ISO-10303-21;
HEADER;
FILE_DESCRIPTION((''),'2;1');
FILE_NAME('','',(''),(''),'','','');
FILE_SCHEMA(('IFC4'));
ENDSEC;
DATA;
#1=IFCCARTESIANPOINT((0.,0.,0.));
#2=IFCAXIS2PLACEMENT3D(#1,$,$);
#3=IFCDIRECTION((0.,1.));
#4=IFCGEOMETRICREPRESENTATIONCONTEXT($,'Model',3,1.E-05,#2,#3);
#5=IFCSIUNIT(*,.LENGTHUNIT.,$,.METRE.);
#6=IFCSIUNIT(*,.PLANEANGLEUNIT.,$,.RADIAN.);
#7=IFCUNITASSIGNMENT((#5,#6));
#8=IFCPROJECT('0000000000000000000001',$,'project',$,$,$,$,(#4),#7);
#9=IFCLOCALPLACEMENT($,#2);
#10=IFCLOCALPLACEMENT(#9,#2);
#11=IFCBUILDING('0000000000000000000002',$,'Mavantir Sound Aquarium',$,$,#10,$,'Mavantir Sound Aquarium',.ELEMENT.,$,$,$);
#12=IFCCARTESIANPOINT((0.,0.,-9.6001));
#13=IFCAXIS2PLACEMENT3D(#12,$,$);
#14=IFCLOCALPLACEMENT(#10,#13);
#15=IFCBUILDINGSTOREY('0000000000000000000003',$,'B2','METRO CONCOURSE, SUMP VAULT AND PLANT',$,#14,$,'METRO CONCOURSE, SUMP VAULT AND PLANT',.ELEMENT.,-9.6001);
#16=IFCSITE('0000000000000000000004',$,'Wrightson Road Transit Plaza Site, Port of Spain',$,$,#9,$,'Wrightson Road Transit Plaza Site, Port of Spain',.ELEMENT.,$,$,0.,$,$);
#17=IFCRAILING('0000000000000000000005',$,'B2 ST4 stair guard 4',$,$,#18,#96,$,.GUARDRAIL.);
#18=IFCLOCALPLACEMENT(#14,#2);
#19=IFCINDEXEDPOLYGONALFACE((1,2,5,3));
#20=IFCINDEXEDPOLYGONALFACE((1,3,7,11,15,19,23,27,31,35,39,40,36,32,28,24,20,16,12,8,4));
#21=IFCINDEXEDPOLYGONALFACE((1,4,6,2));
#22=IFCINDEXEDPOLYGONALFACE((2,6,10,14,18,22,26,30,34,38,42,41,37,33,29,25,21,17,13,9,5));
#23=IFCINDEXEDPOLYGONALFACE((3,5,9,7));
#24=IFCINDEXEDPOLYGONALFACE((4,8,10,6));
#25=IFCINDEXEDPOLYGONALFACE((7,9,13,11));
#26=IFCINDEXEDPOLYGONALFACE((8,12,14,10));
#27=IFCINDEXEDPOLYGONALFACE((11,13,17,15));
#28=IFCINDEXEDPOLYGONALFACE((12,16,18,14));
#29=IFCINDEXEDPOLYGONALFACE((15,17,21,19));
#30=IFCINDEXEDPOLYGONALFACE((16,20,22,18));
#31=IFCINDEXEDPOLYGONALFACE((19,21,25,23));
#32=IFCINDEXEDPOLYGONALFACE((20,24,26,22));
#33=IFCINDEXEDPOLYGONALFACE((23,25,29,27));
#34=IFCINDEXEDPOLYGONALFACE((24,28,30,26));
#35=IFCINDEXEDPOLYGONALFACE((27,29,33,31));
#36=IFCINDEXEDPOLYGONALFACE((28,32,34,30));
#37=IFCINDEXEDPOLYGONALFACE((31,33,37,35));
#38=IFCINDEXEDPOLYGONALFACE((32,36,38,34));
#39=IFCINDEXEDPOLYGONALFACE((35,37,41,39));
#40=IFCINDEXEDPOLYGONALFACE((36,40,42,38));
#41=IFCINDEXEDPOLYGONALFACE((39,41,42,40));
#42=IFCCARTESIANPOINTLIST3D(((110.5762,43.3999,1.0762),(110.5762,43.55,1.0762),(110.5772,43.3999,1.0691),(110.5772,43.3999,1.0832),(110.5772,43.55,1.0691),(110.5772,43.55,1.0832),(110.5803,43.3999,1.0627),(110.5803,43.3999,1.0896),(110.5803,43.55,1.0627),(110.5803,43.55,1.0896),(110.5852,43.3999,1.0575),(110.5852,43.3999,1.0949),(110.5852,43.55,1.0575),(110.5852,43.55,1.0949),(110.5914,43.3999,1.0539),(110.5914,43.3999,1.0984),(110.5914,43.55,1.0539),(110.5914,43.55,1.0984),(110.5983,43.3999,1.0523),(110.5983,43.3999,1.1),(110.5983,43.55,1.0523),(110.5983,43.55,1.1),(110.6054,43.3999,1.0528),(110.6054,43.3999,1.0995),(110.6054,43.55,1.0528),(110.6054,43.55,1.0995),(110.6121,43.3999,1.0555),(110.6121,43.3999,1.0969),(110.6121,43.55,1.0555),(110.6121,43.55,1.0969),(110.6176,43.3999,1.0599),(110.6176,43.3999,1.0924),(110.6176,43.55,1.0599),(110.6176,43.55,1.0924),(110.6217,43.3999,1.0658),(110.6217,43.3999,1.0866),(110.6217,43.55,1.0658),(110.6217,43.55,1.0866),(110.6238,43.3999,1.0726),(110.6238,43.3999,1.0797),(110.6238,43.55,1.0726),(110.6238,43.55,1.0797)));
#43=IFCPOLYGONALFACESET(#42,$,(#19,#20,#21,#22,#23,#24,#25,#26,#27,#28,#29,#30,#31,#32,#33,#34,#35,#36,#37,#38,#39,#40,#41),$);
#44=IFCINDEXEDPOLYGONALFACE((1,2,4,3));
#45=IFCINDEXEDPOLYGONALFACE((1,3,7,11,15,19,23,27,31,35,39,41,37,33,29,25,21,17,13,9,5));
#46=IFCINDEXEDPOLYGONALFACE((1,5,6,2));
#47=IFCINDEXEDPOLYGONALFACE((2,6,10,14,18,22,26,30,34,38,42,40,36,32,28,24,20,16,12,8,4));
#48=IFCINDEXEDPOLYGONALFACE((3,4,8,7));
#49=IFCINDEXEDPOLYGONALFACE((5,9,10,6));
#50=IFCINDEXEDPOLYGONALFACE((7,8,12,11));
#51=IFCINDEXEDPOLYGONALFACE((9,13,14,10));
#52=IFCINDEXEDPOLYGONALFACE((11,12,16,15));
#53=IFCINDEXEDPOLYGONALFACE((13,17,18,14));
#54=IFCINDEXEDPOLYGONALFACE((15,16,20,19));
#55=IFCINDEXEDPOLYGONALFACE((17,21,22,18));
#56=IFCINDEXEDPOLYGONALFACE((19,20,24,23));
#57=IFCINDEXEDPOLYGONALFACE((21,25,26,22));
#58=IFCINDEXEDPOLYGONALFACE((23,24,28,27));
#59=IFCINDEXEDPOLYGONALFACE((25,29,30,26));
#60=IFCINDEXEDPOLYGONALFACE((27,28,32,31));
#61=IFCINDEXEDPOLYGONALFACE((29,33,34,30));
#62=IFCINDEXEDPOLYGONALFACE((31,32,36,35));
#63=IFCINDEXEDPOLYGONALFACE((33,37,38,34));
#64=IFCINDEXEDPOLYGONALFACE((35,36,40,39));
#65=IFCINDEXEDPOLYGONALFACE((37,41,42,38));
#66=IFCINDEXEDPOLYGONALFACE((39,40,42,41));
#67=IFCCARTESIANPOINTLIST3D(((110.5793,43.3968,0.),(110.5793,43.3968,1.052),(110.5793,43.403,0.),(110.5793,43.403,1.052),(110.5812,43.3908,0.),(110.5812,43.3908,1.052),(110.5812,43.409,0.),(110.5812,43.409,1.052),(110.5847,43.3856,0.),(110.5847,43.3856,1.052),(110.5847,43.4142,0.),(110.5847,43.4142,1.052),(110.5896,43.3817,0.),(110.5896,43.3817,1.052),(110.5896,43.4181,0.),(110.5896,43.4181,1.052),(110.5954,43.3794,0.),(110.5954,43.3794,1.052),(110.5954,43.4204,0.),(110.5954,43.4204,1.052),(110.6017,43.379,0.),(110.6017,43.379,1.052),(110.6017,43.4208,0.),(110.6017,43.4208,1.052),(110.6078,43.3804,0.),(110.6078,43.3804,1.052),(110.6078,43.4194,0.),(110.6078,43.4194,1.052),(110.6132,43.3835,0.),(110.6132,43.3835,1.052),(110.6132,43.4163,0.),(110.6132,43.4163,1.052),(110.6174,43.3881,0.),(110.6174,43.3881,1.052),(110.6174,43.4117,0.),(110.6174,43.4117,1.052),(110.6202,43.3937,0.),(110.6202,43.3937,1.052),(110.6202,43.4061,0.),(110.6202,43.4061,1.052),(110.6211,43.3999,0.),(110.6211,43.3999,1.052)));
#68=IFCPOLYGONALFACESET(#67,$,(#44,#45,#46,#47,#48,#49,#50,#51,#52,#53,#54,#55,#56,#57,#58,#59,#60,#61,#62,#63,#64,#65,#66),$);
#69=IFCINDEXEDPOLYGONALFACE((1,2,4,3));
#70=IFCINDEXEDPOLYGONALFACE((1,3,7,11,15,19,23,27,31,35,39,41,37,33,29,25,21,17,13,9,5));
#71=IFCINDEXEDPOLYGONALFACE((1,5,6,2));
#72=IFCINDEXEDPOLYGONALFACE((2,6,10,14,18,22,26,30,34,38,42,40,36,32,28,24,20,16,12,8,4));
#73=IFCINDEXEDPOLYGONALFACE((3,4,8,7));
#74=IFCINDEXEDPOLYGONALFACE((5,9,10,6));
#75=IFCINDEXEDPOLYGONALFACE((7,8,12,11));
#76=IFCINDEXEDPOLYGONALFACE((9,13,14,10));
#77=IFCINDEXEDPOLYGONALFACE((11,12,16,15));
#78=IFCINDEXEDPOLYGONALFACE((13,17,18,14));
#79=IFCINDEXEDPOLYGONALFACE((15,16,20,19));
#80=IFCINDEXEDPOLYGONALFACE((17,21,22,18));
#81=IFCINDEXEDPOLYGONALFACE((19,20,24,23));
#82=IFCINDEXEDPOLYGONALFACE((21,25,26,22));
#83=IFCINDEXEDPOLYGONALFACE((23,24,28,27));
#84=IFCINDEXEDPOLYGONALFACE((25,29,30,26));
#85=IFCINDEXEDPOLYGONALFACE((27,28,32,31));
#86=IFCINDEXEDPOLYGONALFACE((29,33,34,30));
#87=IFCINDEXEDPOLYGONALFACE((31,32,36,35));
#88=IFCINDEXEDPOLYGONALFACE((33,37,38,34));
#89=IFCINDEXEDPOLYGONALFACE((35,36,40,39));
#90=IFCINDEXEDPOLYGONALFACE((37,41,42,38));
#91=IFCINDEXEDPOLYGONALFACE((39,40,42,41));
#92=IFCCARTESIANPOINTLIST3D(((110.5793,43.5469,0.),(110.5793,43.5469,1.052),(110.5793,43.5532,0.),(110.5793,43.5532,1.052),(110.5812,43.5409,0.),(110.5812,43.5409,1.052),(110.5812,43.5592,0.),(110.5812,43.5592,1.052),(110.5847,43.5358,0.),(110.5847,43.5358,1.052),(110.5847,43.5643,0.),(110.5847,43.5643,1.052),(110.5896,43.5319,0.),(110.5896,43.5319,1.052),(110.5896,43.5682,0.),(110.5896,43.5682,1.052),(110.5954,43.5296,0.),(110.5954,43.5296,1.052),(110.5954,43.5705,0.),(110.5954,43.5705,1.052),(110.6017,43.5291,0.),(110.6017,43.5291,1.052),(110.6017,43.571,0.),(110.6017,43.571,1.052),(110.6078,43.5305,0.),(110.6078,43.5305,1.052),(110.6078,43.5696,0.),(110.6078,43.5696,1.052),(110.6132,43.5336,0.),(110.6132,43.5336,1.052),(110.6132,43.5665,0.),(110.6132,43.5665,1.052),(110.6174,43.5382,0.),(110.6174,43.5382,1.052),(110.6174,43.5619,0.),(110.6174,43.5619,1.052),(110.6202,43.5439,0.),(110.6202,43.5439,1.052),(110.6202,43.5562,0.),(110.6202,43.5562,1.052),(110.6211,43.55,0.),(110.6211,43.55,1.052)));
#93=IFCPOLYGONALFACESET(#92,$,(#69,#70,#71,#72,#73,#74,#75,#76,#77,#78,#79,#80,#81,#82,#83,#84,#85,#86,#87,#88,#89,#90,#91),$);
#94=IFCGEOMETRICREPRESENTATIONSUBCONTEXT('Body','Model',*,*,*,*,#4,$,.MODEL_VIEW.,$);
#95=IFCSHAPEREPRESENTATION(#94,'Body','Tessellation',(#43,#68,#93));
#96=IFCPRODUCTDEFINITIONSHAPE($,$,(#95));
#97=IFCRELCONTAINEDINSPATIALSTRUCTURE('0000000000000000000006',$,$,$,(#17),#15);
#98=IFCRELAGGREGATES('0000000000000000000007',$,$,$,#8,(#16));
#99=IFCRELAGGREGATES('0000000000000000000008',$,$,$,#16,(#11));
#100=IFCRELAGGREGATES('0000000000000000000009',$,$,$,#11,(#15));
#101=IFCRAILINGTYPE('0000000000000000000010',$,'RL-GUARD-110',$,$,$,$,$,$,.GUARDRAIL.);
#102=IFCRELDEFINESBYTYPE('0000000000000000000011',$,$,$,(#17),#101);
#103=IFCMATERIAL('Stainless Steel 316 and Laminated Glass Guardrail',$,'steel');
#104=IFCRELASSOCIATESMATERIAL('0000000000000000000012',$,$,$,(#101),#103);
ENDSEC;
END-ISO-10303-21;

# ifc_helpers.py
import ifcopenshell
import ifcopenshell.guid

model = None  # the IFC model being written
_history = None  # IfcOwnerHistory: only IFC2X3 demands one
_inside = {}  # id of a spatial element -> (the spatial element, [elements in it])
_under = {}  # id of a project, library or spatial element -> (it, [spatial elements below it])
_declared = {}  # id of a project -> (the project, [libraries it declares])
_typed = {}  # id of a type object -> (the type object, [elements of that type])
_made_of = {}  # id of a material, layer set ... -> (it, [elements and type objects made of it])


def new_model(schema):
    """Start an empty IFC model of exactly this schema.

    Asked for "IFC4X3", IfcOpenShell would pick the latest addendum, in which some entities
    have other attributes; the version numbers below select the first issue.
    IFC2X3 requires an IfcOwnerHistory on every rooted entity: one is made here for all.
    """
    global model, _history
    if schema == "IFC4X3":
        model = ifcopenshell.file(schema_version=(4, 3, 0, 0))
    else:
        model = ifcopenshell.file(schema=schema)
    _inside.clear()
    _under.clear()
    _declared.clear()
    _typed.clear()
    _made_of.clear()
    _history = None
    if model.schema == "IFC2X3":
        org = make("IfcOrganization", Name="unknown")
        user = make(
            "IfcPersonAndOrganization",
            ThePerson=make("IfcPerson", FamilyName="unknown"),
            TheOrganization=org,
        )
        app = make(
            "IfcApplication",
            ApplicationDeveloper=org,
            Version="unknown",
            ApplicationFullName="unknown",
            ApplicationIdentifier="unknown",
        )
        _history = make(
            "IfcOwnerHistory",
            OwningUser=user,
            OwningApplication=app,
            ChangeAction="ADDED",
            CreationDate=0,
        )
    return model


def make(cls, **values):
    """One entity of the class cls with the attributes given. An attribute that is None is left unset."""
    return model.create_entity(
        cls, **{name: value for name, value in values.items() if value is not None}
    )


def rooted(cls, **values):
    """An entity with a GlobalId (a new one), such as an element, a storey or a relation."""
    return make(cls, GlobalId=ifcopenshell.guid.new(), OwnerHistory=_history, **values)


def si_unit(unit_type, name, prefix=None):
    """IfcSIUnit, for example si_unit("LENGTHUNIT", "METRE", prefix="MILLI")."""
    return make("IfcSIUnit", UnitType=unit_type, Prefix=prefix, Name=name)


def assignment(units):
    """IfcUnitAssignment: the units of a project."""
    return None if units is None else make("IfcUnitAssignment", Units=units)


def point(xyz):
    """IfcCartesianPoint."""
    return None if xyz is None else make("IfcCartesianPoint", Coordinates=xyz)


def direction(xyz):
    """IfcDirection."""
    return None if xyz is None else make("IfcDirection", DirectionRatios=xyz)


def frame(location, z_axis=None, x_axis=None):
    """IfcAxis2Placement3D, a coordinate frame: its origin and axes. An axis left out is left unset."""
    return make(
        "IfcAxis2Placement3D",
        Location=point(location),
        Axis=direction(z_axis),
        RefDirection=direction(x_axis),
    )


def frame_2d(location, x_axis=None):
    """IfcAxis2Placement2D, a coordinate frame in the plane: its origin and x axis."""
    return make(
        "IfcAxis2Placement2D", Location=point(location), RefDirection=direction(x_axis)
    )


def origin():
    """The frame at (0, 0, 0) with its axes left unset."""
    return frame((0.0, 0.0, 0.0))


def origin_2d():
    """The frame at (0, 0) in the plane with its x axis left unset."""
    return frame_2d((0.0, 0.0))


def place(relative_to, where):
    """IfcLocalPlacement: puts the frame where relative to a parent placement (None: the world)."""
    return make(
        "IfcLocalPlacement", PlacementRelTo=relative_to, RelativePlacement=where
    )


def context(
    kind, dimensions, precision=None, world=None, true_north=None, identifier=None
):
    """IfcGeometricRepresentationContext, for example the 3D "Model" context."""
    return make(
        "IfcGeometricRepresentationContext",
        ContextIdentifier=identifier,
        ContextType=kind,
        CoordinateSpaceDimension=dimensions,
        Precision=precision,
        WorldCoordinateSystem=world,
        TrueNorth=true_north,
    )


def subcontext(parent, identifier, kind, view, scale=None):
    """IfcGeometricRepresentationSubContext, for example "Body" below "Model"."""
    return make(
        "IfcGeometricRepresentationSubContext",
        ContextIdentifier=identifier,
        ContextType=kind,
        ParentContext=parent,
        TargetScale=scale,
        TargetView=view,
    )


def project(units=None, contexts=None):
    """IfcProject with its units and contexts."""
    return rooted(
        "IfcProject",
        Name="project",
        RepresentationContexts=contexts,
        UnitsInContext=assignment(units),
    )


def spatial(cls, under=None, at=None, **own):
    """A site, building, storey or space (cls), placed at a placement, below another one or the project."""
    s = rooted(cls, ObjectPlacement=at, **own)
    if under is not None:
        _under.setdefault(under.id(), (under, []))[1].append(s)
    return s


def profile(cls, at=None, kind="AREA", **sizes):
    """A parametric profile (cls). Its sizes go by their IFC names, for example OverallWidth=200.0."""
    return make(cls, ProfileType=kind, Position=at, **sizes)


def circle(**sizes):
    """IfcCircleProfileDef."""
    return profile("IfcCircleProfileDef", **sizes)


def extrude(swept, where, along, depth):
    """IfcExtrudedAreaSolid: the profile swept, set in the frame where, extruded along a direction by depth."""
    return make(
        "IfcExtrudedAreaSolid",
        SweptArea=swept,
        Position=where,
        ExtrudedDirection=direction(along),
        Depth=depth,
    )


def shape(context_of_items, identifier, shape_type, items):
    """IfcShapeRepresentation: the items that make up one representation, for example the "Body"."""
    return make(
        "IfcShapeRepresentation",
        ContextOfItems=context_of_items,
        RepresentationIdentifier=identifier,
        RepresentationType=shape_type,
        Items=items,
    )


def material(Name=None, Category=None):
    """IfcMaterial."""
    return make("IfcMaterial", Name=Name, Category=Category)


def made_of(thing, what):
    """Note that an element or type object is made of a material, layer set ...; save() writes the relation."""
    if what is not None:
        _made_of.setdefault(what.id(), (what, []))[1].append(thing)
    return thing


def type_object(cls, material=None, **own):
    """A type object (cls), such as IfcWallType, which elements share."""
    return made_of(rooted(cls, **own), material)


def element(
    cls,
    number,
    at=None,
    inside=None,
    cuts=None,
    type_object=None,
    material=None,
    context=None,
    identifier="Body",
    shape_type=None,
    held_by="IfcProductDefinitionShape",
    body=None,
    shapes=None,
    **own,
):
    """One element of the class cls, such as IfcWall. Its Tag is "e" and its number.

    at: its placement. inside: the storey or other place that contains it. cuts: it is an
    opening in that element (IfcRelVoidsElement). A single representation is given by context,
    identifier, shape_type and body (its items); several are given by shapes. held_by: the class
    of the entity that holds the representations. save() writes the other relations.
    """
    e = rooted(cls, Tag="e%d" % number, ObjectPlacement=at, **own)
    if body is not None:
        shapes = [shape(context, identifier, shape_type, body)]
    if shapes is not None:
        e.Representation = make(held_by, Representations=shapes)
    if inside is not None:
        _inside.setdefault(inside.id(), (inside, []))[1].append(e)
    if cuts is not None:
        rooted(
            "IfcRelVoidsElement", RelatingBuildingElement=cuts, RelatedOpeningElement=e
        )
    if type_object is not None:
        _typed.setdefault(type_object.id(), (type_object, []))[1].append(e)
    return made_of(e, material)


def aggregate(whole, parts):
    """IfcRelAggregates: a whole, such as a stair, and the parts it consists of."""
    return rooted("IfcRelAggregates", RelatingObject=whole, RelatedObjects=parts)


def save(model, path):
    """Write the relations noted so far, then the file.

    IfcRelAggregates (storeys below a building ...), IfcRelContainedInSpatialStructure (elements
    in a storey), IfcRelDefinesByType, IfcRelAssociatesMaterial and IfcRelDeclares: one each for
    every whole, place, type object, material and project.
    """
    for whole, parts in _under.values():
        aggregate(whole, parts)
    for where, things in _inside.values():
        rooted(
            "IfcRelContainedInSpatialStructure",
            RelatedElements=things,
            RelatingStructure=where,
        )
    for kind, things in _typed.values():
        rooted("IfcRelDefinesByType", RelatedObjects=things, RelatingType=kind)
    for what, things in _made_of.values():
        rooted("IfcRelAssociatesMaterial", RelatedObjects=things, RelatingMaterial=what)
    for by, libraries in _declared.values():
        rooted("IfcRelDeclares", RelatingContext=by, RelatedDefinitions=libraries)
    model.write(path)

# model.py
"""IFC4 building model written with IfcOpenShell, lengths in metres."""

from ifc_helpers import new_model, si_unit, direction, frame, origin, origin_2d, place, context, subcontext, project, spatial, circle, extrude, material, type_object, element, save


model = new_model("IFC4")

# Units and contexts
model_context = context("Model", 3, precision=1e-05, world=origin(), true_north=direction((0.0, 1.0)))
body_context = subcontext(model_context, "Body", "Model", "MODEL_VIEW")
ifc_project = project(units=[si_unit("LENGTHUNIT", "METRE"), si_unit("PLANEANGLEUNIT", "RADIAN")], contexts=[model_context])

# Site, building, storey
site_placement = place(None, origin())
site = spatial("IfcSite", under=ifc_project, at=site_placement, Name="Wrightson Road Transit Plaza Site, Port of Spain", LongName="Wrightson Road Transit Plaza Site, Port of Spain", CompositionType="ELEMENT", RefElevation=0.0)
building_placement = place(site_placement, origin())
building = spatial("IfcBuilding", under=site, at=building_placement, Name="Mavantir Sound Aquarium", LongName="Mavantir Sound Aquarium", CompositionType="ELEMENT")
storey_placement = place(building_placement, frame((0.0, 0.0, -9.6001)))
storey = spatial("IfcBuildingStorey", under=building, at=storey_placement, Name="B2", Description="METRO CONCOURSE, SUMP VAULT AND PLANT", LongName="METRO CONCOURSE, SUMP VAULT AND PLANT", CompositionType="ELEMENT", Elevation=-9.6001)

# Railing
ifc_material_1 = material(Name="Stainless Steel 316 and Laminated Glass Guardrail", Category="steel")
railing_type_1 = type_object("IfcRailingType", Name="RL-GUARD-110", PredefinedType="GUARDRAIL", material=ifc_material_1)
railing_1_placement = place(storey_placement, frame((110.6001, 43.3999, 0.0)))
element("IfcRailing", 1, at=railing_1_placement, inside=storey, type_object=railing_type_1, Name="B2 ST4 stair guard 4", PredefinedType="GUARDRAIL", context=body_context, shape_type="SweptSolid", body=[
    extrude(circle(Radius=0.0239, at=origin_2d()), frame((0.0, 0.0, 1.0762), z_axis=(0.0, 1.0, 0.0), x_axis=(-1.0, 0.0, 0.0)), (0.0, 0.0, 1.0), 0.1501),
    extrude(circle(Radius=0.021, at=origin_2d()), origin(), (0.0, 0.0, 1.0), 1.052),
    extrude(circle(Radius=0.021, at=origin_2d()), frame((0.0, 0.1501, 0.0)), (0.0, 0.0, 1.0), 1.052),
])

save(model, "model.ifc")
